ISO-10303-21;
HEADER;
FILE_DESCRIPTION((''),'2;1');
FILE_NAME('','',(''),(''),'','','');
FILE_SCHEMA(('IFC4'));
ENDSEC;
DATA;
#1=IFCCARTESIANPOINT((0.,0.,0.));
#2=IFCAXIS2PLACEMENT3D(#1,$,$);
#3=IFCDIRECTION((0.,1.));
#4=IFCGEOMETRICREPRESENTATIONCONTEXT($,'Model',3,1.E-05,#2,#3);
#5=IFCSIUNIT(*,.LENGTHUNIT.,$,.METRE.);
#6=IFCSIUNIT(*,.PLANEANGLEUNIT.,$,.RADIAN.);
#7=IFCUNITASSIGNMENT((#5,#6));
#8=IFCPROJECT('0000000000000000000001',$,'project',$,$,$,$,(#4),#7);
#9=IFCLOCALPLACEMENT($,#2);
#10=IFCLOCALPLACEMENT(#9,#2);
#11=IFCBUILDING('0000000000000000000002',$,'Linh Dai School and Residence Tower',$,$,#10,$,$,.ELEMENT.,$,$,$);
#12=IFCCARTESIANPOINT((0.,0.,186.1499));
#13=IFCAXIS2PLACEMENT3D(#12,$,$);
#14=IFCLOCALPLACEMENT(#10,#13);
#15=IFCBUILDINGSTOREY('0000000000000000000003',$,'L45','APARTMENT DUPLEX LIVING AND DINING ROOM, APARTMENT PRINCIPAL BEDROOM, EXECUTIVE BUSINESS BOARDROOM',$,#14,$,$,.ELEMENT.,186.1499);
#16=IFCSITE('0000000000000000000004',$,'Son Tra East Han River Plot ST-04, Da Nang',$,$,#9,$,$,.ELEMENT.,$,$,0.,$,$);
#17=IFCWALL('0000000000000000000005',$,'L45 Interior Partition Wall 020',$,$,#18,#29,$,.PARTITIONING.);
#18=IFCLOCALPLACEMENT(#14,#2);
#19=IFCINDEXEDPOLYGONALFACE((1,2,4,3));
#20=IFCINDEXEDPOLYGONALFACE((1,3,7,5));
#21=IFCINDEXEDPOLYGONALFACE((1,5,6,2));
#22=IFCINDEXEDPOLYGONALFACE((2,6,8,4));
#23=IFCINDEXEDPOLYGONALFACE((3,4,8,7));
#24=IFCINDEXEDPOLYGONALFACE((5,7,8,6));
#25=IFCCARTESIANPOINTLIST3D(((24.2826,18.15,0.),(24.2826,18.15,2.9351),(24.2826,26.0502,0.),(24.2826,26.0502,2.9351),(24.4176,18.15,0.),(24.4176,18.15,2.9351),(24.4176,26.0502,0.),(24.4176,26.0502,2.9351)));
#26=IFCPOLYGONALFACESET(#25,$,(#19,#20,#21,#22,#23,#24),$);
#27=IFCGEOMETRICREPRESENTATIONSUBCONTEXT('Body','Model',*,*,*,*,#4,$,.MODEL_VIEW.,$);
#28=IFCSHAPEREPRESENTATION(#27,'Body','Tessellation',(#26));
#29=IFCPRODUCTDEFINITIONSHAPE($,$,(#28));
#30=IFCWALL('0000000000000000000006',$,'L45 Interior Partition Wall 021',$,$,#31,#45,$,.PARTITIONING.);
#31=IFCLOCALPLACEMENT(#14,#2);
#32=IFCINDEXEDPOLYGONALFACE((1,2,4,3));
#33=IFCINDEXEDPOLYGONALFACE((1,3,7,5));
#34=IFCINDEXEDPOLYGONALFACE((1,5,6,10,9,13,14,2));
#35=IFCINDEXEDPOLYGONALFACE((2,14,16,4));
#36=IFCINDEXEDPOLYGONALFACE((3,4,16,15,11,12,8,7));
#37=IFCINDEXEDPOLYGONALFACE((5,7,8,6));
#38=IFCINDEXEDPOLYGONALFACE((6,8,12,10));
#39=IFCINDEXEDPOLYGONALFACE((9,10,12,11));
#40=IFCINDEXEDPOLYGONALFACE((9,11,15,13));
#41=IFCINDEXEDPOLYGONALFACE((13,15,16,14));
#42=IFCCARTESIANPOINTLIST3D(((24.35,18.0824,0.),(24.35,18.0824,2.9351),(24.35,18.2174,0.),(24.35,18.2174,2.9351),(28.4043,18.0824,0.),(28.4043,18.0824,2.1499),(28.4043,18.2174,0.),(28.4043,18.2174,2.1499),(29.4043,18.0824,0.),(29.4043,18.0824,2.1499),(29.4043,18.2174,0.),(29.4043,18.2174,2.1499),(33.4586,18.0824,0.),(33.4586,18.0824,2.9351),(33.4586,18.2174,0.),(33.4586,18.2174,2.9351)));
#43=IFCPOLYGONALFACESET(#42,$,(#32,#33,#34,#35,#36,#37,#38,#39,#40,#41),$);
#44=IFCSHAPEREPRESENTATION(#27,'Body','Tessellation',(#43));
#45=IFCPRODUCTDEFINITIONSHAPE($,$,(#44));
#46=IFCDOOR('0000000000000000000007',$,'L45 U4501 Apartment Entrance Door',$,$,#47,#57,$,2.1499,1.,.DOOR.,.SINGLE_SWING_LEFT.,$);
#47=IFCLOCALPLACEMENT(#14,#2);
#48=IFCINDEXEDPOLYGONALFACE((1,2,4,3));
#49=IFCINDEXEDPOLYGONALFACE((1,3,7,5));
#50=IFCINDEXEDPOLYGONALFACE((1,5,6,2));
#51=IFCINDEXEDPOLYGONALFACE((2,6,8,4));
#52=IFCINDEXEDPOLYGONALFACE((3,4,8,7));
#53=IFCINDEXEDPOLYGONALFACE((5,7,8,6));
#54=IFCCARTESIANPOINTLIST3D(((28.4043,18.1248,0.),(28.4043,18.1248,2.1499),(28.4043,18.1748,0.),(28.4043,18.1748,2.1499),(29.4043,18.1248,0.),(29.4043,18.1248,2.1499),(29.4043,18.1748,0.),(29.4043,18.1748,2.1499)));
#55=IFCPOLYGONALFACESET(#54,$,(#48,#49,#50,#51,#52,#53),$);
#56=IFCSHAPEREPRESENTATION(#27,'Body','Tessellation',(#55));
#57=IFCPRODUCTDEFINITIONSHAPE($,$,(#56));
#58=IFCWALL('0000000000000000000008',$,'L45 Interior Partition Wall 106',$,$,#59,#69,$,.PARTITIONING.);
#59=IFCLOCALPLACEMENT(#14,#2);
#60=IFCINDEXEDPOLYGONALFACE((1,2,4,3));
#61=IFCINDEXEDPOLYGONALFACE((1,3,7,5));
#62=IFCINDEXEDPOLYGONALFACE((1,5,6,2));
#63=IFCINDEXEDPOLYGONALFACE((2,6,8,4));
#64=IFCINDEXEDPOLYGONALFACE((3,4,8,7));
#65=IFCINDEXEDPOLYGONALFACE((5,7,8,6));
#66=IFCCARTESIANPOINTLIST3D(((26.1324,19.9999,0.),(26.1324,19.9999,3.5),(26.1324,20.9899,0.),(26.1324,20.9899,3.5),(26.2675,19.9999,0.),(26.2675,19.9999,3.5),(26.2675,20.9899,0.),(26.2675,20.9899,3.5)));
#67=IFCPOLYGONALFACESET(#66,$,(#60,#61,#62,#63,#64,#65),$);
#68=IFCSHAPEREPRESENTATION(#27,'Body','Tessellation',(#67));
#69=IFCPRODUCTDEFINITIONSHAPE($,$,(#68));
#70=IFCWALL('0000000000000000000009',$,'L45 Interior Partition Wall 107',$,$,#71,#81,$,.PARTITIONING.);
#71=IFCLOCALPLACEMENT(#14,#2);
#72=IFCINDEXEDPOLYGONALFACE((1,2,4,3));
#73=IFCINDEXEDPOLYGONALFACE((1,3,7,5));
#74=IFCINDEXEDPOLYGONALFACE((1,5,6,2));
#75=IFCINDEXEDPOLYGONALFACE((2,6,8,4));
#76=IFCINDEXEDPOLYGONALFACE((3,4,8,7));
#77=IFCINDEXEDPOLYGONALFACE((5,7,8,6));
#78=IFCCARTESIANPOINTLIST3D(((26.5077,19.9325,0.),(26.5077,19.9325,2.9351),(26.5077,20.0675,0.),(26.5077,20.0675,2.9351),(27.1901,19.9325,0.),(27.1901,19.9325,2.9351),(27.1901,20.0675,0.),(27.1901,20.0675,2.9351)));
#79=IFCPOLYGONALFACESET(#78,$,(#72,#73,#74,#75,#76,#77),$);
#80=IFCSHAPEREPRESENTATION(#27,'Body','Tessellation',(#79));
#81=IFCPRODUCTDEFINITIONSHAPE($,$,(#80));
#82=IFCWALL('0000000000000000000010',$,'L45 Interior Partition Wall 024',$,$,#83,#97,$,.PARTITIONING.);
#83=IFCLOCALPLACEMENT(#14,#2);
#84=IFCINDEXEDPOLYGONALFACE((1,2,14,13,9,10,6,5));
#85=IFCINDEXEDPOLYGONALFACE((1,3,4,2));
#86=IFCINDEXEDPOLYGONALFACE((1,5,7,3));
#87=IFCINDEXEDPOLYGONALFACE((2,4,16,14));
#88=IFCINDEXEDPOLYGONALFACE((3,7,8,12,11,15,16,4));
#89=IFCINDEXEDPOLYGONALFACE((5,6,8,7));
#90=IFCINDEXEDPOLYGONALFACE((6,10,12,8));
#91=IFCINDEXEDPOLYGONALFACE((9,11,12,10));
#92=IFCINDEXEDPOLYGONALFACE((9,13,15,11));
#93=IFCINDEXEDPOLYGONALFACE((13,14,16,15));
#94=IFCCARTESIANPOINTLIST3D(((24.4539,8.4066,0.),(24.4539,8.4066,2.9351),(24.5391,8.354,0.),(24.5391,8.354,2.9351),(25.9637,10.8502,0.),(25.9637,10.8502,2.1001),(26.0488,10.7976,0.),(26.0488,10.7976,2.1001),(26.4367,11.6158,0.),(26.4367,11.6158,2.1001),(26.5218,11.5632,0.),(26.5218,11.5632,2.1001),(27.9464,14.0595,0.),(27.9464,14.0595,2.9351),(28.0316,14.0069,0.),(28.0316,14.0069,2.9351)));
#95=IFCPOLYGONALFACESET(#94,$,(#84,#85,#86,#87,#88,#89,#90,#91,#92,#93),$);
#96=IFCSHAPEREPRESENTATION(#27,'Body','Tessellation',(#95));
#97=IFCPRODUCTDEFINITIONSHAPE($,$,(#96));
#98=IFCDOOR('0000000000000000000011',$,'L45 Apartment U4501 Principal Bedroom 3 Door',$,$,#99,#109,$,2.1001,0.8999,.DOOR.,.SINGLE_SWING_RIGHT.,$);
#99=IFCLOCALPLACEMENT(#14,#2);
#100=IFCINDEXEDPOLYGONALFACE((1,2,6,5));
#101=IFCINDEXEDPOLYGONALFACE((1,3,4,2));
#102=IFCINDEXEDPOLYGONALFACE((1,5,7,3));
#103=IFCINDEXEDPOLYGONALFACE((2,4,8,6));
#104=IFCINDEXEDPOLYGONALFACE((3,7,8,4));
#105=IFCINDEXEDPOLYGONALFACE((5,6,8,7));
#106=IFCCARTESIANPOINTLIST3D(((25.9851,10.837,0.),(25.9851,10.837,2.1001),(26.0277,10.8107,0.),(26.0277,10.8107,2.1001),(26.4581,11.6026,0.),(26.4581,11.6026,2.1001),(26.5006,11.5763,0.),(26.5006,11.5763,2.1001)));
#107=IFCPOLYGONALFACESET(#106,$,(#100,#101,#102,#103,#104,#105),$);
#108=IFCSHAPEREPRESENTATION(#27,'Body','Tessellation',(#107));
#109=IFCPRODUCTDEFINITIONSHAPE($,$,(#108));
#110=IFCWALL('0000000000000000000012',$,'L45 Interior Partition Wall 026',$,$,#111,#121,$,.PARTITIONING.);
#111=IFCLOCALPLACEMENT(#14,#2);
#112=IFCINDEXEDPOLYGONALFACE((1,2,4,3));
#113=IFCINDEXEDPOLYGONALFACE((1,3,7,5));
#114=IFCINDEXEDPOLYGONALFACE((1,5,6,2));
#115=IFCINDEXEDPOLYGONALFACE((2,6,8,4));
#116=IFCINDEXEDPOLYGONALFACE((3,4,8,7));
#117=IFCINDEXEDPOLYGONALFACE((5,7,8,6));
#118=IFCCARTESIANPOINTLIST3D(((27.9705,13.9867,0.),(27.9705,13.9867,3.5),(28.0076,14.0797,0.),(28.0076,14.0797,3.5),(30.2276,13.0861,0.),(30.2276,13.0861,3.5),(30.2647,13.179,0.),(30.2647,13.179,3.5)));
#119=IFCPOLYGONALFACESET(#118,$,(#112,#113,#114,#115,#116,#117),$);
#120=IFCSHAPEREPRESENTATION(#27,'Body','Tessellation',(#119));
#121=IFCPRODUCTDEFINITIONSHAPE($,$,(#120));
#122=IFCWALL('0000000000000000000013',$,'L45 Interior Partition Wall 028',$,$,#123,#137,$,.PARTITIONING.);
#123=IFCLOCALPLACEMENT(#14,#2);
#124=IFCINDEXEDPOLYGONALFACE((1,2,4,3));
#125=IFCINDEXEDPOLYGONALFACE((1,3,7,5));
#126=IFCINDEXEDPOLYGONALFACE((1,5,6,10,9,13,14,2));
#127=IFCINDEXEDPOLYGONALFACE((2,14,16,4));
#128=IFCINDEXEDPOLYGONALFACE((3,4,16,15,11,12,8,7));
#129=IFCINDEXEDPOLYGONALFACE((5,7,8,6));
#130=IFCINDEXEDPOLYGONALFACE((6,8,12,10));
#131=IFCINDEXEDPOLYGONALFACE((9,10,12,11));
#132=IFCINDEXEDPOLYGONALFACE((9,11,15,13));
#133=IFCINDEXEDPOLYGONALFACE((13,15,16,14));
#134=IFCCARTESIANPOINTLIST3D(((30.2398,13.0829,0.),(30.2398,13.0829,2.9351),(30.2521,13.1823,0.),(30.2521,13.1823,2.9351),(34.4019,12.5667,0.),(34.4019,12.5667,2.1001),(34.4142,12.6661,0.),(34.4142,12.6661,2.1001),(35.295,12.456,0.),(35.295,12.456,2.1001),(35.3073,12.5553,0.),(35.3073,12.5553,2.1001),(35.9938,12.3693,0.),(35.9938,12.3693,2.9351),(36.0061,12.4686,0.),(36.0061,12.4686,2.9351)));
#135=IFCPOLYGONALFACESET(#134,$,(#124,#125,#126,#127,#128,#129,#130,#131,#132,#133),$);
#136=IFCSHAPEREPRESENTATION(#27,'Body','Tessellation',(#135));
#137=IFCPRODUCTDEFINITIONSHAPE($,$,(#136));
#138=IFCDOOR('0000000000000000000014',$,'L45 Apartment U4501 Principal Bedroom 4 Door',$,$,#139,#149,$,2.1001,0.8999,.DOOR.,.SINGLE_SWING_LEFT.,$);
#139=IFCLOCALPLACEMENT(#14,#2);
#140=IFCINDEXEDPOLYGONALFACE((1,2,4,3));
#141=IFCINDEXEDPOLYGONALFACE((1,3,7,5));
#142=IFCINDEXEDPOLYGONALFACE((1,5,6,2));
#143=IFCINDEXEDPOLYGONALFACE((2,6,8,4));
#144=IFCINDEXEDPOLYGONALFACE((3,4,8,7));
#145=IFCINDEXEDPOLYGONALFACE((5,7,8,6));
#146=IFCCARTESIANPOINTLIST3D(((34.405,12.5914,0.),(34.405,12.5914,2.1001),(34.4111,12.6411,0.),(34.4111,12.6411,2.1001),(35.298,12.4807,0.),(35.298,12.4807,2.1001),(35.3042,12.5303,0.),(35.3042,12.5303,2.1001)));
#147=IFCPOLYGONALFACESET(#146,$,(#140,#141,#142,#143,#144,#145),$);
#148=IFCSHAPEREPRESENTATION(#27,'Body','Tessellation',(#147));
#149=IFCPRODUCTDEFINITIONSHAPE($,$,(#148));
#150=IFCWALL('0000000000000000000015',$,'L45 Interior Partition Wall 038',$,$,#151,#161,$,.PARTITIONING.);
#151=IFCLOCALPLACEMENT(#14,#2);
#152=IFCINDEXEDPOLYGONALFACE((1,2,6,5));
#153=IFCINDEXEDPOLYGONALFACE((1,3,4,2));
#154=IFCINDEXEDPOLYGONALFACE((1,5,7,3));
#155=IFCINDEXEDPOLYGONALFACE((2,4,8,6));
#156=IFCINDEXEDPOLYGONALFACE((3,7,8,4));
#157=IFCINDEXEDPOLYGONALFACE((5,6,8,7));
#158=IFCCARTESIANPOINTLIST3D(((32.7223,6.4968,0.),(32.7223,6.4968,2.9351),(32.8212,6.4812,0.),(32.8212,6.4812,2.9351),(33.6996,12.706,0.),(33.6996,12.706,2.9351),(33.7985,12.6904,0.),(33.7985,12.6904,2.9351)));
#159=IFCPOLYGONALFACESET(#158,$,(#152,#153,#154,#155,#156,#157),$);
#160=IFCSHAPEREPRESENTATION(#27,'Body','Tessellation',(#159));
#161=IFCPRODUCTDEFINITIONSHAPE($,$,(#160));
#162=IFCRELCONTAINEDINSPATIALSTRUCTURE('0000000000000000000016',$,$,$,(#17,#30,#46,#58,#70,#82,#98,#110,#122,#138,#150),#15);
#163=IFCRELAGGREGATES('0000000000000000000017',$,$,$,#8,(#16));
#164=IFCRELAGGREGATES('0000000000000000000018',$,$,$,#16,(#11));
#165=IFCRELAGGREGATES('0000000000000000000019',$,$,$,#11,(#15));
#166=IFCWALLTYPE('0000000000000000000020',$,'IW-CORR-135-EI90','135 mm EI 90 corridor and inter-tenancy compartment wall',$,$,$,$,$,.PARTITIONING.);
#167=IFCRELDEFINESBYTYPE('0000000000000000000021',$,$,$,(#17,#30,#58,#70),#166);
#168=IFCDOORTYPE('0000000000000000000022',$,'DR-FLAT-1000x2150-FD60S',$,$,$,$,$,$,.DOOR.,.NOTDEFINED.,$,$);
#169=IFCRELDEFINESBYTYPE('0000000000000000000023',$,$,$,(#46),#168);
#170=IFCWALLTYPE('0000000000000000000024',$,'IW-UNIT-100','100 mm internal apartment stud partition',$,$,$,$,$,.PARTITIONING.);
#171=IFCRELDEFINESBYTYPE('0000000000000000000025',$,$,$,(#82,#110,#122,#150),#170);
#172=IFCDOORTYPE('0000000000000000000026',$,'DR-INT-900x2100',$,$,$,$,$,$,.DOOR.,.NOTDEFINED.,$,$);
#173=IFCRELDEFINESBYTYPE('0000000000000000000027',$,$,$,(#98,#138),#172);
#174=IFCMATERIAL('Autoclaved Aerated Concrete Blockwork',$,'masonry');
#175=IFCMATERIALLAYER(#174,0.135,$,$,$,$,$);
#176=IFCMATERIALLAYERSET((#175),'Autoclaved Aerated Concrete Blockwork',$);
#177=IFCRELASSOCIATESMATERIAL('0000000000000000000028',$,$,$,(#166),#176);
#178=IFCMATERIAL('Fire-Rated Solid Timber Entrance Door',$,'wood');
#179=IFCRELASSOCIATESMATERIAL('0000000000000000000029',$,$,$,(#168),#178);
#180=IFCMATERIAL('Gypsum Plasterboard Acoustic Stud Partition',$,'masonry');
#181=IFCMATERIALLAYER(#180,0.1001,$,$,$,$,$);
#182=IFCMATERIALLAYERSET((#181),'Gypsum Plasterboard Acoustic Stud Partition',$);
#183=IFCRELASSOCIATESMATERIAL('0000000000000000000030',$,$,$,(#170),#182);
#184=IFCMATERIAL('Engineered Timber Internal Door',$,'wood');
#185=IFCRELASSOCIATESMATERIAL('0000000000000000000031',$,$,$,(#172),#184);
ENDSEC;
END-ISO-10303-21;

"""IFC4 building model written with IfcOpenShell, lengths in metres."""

from ifc_helpers import new_model, si_unit, direction, frame, frame_2d, origin, origin_2d, place, context, subcontext, project, spatial, rectangle, extrude, source, transform, mapped, material, layer, layer_set, type_object, element, fill, save


model = new_model("IFC4")

# Units and contexts
model_context = context("Model", 3, precision=1e-05, world=origin(), true_north=direction((0.0, 1.0)))
body_context = subcontext(model_context, "Body", "Model", "MODEL_VIEW")
ifc_project = project(units=[si_unit("LENGTHUNIT", "METRE"), si_unit("PLANEANGLEUNIT", "RADIAN")], contexts=[model_context])

# Site, building, storey
site_placement = place(None, origin())
site = spatial("IfcSite", under=ifc_project, at=site_placement, Name="Son Tra East Han River Plot ST-04, Da Nang", CompositionType="ELEMENT", RefElevation=0.0)
building_placement = place(site_placement, origin())
building = spatial("IfcBuilding", under=site, at=building_placement, Name="Linh Dai School and Residence Tower", CompositionType="ELEMENT")
storey_placement = place(building_placement, frame((0.0, 0.0, 186.1499)))
storey = spatial("IfcBuildingStorey", under=building, at=storey_placement, Name="L45", Description="APARTMENT DUPLEX LIVING AND DINING ROOM, APARTMENT PRINCIPAL BEDROOM, EXECUTIVE BUSINESS BOARDROOM", CompositionType="ELEMENT", Elevation=186.1499)

# Wall
ifc_material_1 = material(Name="Autoclaved Aerated Concrete Blockwork", Category="masonry")
ifc_layer_1 = layer(ifc_material_1, 0.135)
ifc_layer_set_1 = layer_set([ifc_layer_1], Name="Autoclaved Aerated Concrete Blockwork")
wall_type_1 = type_object("IfcWallType", Name="IW-CORR-135-EI90", Description="135 mm EI 90 corridor and inter-tenancy compartment wall", PredefinedType="PARTITIONING", material=ifc_layer_set_1)
wall_1_placement = place(storey_placement, frame((24.3501, 18.1499, 0.0), z_axis=(0.0, 0.0, 1.0), x_axis=(0.0, 1.0, 0.0)))
element("IfcWall", 1, at=wall_1_placement, inside=storey, type_object=wall_type_1, Name="L45 Interior Partition Wall 020", PredefinedType="PARTITIONING", context=body_context, shape_type="SweptSolid", body=[
    extrude(rectangle(XDim=7.9001, YDim=0.135, at=frame_2d((3.9502, 0.0))), origin(), (0.0, 0.0, 1.0), 2.9351),
])

# Wall, opening, door
wall_2_placement = place(storey_placement, frame((24.3501, 18.1499, 0.0), z_axis=(0.0, 0.0, 1.0), x_axis=(1.0, 0.0, 0.0)))
wall_2 = element("IfcWall", 2, at=wall_2_placement, inside=storey, type_object=wall_type_1, Name="L45 Interior Partition Wall 021", PredefinedType="PARTITIONING", context=body_context, shape_type="SweptSolid", body=[
    extrude(rectangle(XDim=9.1086, YDim=0.135, at=frame_2d((4.5542, 0.0))), origin(), (0.0, 0.0, 1.0), 2.9351),
])
opening_1_placement = place(wall_2_placement, frame((4.0542, 0.0, 0.0)))
opening_1 = element("IfcOpeningElement", 3, at=opening_1_placement, cuts=wall_2, PredefinedType="OPENING", context=body_context, shape_type="SweptSolid", body=[
    extrude(rectangle(XDim=1.0, YDim=2.1499, at=origin_2d()), frame((0.5, 0.0776, 1.075), z_axis=(0.0, -1.0, 0.0), x_axis=(1.0, 0.0, 0.0)), (0.0, 0.0, 1.0), 0.155),
])
ifc_material_2 = material(Name="Fire-Rated Solid Timber Entrance Door", Category="wood")
door_type_1 = type_object("IfcDoorType", Name="DR-FLAT-1000x2150-FD60S", OperationType="NOTDEFINED", PredefinedType="DOOR", material=ifc_material_2)
shared_shape_1 = source(origin(), body_context, "Body", "SweptSolid", [
    extrude(rectangle(XDim=1.0, YDim=2.1499, at=origin_2d()), frame((0.5, 0.0249, 1.075), z_axis=(0.0, -1.0, 0.0), x_axis=(1.0, 0.0, 0.0)), (0.0, 0.0, 1.0), 0.05),
])
door_1_placement = place(opening_1_placement, origin())
door_1 = element("IfcDoor", 4, at=door_1_placement, inside=storey, type_object=door_type_1, Name="L45 U4501 Apartment Entrance Door", OperationType="SINGLE_SWING_LEFT", OverallHeight=2.1499, OverallWidth=1.0, PredefinedType="DOOR", context=body_context, shape_type="MappedRepresentation", body=[
    mapped(shared_shape_1, transform((0.0, 0.0, 0.0), x_axis=(1.0, 0.0, 0.0), y_axis=(0.0, 1.0, 0.0), z_axis=(0.0, 0.0, 1.0), scale=1.0)),
])
fill(opening_1, door_1)

# Walls
wall_3_placement = place(storey_placement, frame((26.2, 20.99, 0.0), z_axis=(0.0, 0.0, 1.0), x_axis=(0.0, -1.0, 0.0)))
element("IfcWall", 5, at=wall_3_placement, inside=storey, type_object=wall_type_1, Name="L45 Interior Partition Wall 106", PredefinedType="PARTITIONING", context=body_context, shape_type="SweptSolid", body=[
    extrude(rectangle(XDim=0.99, YDim=0.135, at=frame_2d((0.4951, 0.0))), origin(), (0.0, 0.0, 1.0), 3.5),
])
wall_4_placement = place(storey_placement, frame((26.5076, 20.0, 0.0), z_axis=(0.0, 0.0, 1.0), x_axis=(1.0, 0.0, 0.0)))
element("IfcWall", 6, at=wall_4_placement, inside=storey, type_object=wall_type_1, Name="L45 Interior Partition Wall 107", PredefinedType="PARTITIONING", context=body_context, shape_type="SweptSolid", body=[
    extrude(rectangle(XDim=0.6824, YDim=0.135, at=frame_2d((0.3413, 0.0))), origin(), (0.0, 0.0, 1.0), 2.9351),
])

# Wall, opening, door
ifc_material_3 = material(Name="Gypsum Plasterboard Acoustic Stud Partition", Category="masonry")
ifc_layer_2 = layer(ifc_material_3, 0.1001)
ifc_layer_set_2 = layer_set([ifc_layer_2], Name="Gypsum Plasterboard Acoustic Stud Partition")
wall_type_2 = type_object("IfcWallType", Name="IW-UNIT-100", Description="100 mm internal apartment stud partition", PredefinedType="PARTITIONING", material=ifc_layer_set_2)
wall_5_placement = place(storey_placement, frame((24.4966, 8.3804, 0.0), z_axis=(0.0, 0.0, 1.0), x_axis=(0.525599, 0.850732, 0.0)))
wall_5 = element("IfcWall", 7, at=wall_5_placement, inside=storey, type_object=wall_type_2, Name="L45 Interior Partition Wall 024", PredefinedType="PARTITIONING", context=body_context, shape_type="SweptSolid", body=[
    extrude(rectangle(XDim=6.6448, YDim=0.1001, at=frame_2d((3.3223, 0.0))), origin(), (0.0, 0.0, 1.0), 2.9351),
])
opening_2_placement = place(wall_5_placement, frame((2.8723, 0.0, 0.0)))
opening_2 = element("IfcOpeningElement", 8, at=opening_2_placement, cuts=wall_5, PredefinedType="OPENING", context=body_context, shape_type="SweptSolid", body=[
    extrude(rectangle(XDim=0.8999, YDim=2.1001, at=origin_2d()), frame((0.45, 0.0601, 1.05), z_axis=(0.0, -1.0, 0.0), x_axis=(1.0, 0.0, 0.0)), (0.0, 0.0, 1.0), 0.1201),
])
ifc_material_4 = material(Name="Engineered Timber Internal Door", Category="wood")
door_type_2 = type_object("IfcDoorType", Name="DR-INT-900x2100", OperationType="NOTDEFINED", PredefinedType="DOOR", material=ifc_material_4)
shared_shape_2 = source(origin(), body_context, "Body", "SweptSolid", [
    extrude(rectangle(XDim=0.8999, YDim=2.1001, at=origin_2d()), frame((0.45, 0.0249, 1.05), z_axis=(0.0, -1.0, 0.0), x_axis=(1.0, 0.0, 0.0)), (0.0, 0.0, 1.0), 0.05),
])
door_2_placement = place(opening_2_placement, origin())
door_2 = element("IfcDoor", 9, at=door_2_placement, inside=storey, type_object=door_type_2, Name="L45 Apartment U4501 Principal Bedroom 3 Door", OperationType="SINGLE_SWING_RIGHT", OverallHeight=2.1001, OverallWidth=0.8999, PredefinedType="DOOR", context=body_context, shape_type="MappedRepresentation", body=[
    mapped(shared_shape_2, transform((0.0, 0.0, 0.0), x_axis=(1.0, 0.0, 0.0), y_axis=(0.0, 1.0, 0.0), z_axis=(0.0, 0.0, 1.0), scale=1.0)),
])
fill(opening_2, door_2)

# Wall
wall_6_placement = place(storey_placement, frame((27.989, 14.0332, 0.0), z_axis=(0.0, 0.0, 1.0), x_axis=(0.928788, -0.370611, 0.0)))
element("IfcWall", 10, at=wall_6_placement, inside=storey, type_object=wall_type_2, Name="L45 Interior Partition Wall 026", PredefinedType="PARTITIONING", context=body_context, shape_type="SweptSolid", body=[
    extrude(rectangle(XDim=2.4302, YDim=0.1001, at=frame_2d((1.2151, 0.0))), origin(), (0.0, 0.0, 1.0), 3.5),
])

# Wall, opening, door
wall_7_placement = place(storey_placement, frame((30.2461, 13.1326, 0.0), z_axis=(0.0, 0.0, 1.0), x_axis=(0.992397, -0.123081, 0.0)))
wall_7 = element("IfcWall", 11, at=wall_7_placement, inside=storey, type_object=wall_type_2, Name="L45 Interior Partition Wall 028", PredefinedType="PARTITIONING", context=body_context, shape_type="SweptSolid", body=[
    extrude(rectangle(XDim=5.7981, YDim=0.1001, at=frame_2d((2.8989, 0.0))), origin(), (0.0, 0.0, 1.0), 2.9351),
])
opening_3_placement = place(wall_7_placement, frame((4.1938, 0.0, 0.0)))
opening_3 = element("IfcOpeningElement", 12, at=opening_3_placement, cuts=wall_7, PredefinedType="OPENING", context=body_context, shape_type="SweptSolid", body=[
    extrude(rectangle(XDim=0.8999, YDim=2.1001, at=origin_2d()), frame((0.45, 0.0601, 1.05), z_axis=(0.0, -1.0, 0.0), x_axis=(1.0, 0.0, 0.0)), (0.0, 0.0, 1.0), 0.1201),
])
door_3_placement = place(opening_3_placement, origin())
door_3 = element("IfcDoor", 13, at=door_3_placement, inside=storey, type_object=door_type_2, Name="L45 Apartment U4501 Principal Bedroom 4 Door", OperationType="SINGLE_SWING_LEFT", OverallHeight=2.1001, OverallWidth=0.8999, PredefinedType="DOOR", context=body_context, shape_type="MappedRepresentation", body=[
    mapped(shared_shape_2, transform((0.0, 0.0, 0.0), x_axis=(1.0, 0.0, 0.0), y_axis=(0.0, 1.0, 0.0), z_axis=(0.0, 0.0, 1.0), scale=1.0)),
])
fill(opening_3, door_3)

# Wall
wall_8_placement = place(storey_placement, frame((32.7717, 6.489, 0.0), z_axis=(0.0, 0.0, 1.0), x_axis=(0.15548, 0.987839, 0.0)))
element("IfcWall", 14, at=wall_8_placement, inside=storey, type_object=wall_type_2, Name="L45 Interior Partition Wall 038", PredefinedType="PARTITIONING", context=body_context, shape_type="SweptSolid", body=[
    extrude(rectangle(XDim=6.2856, YDim=0.1001, at=frame_2d((3.1428, 0.0))), origin(), (0.0, 0.0, 1.0), 2.9351),
])

save(model, "model.ifc")
